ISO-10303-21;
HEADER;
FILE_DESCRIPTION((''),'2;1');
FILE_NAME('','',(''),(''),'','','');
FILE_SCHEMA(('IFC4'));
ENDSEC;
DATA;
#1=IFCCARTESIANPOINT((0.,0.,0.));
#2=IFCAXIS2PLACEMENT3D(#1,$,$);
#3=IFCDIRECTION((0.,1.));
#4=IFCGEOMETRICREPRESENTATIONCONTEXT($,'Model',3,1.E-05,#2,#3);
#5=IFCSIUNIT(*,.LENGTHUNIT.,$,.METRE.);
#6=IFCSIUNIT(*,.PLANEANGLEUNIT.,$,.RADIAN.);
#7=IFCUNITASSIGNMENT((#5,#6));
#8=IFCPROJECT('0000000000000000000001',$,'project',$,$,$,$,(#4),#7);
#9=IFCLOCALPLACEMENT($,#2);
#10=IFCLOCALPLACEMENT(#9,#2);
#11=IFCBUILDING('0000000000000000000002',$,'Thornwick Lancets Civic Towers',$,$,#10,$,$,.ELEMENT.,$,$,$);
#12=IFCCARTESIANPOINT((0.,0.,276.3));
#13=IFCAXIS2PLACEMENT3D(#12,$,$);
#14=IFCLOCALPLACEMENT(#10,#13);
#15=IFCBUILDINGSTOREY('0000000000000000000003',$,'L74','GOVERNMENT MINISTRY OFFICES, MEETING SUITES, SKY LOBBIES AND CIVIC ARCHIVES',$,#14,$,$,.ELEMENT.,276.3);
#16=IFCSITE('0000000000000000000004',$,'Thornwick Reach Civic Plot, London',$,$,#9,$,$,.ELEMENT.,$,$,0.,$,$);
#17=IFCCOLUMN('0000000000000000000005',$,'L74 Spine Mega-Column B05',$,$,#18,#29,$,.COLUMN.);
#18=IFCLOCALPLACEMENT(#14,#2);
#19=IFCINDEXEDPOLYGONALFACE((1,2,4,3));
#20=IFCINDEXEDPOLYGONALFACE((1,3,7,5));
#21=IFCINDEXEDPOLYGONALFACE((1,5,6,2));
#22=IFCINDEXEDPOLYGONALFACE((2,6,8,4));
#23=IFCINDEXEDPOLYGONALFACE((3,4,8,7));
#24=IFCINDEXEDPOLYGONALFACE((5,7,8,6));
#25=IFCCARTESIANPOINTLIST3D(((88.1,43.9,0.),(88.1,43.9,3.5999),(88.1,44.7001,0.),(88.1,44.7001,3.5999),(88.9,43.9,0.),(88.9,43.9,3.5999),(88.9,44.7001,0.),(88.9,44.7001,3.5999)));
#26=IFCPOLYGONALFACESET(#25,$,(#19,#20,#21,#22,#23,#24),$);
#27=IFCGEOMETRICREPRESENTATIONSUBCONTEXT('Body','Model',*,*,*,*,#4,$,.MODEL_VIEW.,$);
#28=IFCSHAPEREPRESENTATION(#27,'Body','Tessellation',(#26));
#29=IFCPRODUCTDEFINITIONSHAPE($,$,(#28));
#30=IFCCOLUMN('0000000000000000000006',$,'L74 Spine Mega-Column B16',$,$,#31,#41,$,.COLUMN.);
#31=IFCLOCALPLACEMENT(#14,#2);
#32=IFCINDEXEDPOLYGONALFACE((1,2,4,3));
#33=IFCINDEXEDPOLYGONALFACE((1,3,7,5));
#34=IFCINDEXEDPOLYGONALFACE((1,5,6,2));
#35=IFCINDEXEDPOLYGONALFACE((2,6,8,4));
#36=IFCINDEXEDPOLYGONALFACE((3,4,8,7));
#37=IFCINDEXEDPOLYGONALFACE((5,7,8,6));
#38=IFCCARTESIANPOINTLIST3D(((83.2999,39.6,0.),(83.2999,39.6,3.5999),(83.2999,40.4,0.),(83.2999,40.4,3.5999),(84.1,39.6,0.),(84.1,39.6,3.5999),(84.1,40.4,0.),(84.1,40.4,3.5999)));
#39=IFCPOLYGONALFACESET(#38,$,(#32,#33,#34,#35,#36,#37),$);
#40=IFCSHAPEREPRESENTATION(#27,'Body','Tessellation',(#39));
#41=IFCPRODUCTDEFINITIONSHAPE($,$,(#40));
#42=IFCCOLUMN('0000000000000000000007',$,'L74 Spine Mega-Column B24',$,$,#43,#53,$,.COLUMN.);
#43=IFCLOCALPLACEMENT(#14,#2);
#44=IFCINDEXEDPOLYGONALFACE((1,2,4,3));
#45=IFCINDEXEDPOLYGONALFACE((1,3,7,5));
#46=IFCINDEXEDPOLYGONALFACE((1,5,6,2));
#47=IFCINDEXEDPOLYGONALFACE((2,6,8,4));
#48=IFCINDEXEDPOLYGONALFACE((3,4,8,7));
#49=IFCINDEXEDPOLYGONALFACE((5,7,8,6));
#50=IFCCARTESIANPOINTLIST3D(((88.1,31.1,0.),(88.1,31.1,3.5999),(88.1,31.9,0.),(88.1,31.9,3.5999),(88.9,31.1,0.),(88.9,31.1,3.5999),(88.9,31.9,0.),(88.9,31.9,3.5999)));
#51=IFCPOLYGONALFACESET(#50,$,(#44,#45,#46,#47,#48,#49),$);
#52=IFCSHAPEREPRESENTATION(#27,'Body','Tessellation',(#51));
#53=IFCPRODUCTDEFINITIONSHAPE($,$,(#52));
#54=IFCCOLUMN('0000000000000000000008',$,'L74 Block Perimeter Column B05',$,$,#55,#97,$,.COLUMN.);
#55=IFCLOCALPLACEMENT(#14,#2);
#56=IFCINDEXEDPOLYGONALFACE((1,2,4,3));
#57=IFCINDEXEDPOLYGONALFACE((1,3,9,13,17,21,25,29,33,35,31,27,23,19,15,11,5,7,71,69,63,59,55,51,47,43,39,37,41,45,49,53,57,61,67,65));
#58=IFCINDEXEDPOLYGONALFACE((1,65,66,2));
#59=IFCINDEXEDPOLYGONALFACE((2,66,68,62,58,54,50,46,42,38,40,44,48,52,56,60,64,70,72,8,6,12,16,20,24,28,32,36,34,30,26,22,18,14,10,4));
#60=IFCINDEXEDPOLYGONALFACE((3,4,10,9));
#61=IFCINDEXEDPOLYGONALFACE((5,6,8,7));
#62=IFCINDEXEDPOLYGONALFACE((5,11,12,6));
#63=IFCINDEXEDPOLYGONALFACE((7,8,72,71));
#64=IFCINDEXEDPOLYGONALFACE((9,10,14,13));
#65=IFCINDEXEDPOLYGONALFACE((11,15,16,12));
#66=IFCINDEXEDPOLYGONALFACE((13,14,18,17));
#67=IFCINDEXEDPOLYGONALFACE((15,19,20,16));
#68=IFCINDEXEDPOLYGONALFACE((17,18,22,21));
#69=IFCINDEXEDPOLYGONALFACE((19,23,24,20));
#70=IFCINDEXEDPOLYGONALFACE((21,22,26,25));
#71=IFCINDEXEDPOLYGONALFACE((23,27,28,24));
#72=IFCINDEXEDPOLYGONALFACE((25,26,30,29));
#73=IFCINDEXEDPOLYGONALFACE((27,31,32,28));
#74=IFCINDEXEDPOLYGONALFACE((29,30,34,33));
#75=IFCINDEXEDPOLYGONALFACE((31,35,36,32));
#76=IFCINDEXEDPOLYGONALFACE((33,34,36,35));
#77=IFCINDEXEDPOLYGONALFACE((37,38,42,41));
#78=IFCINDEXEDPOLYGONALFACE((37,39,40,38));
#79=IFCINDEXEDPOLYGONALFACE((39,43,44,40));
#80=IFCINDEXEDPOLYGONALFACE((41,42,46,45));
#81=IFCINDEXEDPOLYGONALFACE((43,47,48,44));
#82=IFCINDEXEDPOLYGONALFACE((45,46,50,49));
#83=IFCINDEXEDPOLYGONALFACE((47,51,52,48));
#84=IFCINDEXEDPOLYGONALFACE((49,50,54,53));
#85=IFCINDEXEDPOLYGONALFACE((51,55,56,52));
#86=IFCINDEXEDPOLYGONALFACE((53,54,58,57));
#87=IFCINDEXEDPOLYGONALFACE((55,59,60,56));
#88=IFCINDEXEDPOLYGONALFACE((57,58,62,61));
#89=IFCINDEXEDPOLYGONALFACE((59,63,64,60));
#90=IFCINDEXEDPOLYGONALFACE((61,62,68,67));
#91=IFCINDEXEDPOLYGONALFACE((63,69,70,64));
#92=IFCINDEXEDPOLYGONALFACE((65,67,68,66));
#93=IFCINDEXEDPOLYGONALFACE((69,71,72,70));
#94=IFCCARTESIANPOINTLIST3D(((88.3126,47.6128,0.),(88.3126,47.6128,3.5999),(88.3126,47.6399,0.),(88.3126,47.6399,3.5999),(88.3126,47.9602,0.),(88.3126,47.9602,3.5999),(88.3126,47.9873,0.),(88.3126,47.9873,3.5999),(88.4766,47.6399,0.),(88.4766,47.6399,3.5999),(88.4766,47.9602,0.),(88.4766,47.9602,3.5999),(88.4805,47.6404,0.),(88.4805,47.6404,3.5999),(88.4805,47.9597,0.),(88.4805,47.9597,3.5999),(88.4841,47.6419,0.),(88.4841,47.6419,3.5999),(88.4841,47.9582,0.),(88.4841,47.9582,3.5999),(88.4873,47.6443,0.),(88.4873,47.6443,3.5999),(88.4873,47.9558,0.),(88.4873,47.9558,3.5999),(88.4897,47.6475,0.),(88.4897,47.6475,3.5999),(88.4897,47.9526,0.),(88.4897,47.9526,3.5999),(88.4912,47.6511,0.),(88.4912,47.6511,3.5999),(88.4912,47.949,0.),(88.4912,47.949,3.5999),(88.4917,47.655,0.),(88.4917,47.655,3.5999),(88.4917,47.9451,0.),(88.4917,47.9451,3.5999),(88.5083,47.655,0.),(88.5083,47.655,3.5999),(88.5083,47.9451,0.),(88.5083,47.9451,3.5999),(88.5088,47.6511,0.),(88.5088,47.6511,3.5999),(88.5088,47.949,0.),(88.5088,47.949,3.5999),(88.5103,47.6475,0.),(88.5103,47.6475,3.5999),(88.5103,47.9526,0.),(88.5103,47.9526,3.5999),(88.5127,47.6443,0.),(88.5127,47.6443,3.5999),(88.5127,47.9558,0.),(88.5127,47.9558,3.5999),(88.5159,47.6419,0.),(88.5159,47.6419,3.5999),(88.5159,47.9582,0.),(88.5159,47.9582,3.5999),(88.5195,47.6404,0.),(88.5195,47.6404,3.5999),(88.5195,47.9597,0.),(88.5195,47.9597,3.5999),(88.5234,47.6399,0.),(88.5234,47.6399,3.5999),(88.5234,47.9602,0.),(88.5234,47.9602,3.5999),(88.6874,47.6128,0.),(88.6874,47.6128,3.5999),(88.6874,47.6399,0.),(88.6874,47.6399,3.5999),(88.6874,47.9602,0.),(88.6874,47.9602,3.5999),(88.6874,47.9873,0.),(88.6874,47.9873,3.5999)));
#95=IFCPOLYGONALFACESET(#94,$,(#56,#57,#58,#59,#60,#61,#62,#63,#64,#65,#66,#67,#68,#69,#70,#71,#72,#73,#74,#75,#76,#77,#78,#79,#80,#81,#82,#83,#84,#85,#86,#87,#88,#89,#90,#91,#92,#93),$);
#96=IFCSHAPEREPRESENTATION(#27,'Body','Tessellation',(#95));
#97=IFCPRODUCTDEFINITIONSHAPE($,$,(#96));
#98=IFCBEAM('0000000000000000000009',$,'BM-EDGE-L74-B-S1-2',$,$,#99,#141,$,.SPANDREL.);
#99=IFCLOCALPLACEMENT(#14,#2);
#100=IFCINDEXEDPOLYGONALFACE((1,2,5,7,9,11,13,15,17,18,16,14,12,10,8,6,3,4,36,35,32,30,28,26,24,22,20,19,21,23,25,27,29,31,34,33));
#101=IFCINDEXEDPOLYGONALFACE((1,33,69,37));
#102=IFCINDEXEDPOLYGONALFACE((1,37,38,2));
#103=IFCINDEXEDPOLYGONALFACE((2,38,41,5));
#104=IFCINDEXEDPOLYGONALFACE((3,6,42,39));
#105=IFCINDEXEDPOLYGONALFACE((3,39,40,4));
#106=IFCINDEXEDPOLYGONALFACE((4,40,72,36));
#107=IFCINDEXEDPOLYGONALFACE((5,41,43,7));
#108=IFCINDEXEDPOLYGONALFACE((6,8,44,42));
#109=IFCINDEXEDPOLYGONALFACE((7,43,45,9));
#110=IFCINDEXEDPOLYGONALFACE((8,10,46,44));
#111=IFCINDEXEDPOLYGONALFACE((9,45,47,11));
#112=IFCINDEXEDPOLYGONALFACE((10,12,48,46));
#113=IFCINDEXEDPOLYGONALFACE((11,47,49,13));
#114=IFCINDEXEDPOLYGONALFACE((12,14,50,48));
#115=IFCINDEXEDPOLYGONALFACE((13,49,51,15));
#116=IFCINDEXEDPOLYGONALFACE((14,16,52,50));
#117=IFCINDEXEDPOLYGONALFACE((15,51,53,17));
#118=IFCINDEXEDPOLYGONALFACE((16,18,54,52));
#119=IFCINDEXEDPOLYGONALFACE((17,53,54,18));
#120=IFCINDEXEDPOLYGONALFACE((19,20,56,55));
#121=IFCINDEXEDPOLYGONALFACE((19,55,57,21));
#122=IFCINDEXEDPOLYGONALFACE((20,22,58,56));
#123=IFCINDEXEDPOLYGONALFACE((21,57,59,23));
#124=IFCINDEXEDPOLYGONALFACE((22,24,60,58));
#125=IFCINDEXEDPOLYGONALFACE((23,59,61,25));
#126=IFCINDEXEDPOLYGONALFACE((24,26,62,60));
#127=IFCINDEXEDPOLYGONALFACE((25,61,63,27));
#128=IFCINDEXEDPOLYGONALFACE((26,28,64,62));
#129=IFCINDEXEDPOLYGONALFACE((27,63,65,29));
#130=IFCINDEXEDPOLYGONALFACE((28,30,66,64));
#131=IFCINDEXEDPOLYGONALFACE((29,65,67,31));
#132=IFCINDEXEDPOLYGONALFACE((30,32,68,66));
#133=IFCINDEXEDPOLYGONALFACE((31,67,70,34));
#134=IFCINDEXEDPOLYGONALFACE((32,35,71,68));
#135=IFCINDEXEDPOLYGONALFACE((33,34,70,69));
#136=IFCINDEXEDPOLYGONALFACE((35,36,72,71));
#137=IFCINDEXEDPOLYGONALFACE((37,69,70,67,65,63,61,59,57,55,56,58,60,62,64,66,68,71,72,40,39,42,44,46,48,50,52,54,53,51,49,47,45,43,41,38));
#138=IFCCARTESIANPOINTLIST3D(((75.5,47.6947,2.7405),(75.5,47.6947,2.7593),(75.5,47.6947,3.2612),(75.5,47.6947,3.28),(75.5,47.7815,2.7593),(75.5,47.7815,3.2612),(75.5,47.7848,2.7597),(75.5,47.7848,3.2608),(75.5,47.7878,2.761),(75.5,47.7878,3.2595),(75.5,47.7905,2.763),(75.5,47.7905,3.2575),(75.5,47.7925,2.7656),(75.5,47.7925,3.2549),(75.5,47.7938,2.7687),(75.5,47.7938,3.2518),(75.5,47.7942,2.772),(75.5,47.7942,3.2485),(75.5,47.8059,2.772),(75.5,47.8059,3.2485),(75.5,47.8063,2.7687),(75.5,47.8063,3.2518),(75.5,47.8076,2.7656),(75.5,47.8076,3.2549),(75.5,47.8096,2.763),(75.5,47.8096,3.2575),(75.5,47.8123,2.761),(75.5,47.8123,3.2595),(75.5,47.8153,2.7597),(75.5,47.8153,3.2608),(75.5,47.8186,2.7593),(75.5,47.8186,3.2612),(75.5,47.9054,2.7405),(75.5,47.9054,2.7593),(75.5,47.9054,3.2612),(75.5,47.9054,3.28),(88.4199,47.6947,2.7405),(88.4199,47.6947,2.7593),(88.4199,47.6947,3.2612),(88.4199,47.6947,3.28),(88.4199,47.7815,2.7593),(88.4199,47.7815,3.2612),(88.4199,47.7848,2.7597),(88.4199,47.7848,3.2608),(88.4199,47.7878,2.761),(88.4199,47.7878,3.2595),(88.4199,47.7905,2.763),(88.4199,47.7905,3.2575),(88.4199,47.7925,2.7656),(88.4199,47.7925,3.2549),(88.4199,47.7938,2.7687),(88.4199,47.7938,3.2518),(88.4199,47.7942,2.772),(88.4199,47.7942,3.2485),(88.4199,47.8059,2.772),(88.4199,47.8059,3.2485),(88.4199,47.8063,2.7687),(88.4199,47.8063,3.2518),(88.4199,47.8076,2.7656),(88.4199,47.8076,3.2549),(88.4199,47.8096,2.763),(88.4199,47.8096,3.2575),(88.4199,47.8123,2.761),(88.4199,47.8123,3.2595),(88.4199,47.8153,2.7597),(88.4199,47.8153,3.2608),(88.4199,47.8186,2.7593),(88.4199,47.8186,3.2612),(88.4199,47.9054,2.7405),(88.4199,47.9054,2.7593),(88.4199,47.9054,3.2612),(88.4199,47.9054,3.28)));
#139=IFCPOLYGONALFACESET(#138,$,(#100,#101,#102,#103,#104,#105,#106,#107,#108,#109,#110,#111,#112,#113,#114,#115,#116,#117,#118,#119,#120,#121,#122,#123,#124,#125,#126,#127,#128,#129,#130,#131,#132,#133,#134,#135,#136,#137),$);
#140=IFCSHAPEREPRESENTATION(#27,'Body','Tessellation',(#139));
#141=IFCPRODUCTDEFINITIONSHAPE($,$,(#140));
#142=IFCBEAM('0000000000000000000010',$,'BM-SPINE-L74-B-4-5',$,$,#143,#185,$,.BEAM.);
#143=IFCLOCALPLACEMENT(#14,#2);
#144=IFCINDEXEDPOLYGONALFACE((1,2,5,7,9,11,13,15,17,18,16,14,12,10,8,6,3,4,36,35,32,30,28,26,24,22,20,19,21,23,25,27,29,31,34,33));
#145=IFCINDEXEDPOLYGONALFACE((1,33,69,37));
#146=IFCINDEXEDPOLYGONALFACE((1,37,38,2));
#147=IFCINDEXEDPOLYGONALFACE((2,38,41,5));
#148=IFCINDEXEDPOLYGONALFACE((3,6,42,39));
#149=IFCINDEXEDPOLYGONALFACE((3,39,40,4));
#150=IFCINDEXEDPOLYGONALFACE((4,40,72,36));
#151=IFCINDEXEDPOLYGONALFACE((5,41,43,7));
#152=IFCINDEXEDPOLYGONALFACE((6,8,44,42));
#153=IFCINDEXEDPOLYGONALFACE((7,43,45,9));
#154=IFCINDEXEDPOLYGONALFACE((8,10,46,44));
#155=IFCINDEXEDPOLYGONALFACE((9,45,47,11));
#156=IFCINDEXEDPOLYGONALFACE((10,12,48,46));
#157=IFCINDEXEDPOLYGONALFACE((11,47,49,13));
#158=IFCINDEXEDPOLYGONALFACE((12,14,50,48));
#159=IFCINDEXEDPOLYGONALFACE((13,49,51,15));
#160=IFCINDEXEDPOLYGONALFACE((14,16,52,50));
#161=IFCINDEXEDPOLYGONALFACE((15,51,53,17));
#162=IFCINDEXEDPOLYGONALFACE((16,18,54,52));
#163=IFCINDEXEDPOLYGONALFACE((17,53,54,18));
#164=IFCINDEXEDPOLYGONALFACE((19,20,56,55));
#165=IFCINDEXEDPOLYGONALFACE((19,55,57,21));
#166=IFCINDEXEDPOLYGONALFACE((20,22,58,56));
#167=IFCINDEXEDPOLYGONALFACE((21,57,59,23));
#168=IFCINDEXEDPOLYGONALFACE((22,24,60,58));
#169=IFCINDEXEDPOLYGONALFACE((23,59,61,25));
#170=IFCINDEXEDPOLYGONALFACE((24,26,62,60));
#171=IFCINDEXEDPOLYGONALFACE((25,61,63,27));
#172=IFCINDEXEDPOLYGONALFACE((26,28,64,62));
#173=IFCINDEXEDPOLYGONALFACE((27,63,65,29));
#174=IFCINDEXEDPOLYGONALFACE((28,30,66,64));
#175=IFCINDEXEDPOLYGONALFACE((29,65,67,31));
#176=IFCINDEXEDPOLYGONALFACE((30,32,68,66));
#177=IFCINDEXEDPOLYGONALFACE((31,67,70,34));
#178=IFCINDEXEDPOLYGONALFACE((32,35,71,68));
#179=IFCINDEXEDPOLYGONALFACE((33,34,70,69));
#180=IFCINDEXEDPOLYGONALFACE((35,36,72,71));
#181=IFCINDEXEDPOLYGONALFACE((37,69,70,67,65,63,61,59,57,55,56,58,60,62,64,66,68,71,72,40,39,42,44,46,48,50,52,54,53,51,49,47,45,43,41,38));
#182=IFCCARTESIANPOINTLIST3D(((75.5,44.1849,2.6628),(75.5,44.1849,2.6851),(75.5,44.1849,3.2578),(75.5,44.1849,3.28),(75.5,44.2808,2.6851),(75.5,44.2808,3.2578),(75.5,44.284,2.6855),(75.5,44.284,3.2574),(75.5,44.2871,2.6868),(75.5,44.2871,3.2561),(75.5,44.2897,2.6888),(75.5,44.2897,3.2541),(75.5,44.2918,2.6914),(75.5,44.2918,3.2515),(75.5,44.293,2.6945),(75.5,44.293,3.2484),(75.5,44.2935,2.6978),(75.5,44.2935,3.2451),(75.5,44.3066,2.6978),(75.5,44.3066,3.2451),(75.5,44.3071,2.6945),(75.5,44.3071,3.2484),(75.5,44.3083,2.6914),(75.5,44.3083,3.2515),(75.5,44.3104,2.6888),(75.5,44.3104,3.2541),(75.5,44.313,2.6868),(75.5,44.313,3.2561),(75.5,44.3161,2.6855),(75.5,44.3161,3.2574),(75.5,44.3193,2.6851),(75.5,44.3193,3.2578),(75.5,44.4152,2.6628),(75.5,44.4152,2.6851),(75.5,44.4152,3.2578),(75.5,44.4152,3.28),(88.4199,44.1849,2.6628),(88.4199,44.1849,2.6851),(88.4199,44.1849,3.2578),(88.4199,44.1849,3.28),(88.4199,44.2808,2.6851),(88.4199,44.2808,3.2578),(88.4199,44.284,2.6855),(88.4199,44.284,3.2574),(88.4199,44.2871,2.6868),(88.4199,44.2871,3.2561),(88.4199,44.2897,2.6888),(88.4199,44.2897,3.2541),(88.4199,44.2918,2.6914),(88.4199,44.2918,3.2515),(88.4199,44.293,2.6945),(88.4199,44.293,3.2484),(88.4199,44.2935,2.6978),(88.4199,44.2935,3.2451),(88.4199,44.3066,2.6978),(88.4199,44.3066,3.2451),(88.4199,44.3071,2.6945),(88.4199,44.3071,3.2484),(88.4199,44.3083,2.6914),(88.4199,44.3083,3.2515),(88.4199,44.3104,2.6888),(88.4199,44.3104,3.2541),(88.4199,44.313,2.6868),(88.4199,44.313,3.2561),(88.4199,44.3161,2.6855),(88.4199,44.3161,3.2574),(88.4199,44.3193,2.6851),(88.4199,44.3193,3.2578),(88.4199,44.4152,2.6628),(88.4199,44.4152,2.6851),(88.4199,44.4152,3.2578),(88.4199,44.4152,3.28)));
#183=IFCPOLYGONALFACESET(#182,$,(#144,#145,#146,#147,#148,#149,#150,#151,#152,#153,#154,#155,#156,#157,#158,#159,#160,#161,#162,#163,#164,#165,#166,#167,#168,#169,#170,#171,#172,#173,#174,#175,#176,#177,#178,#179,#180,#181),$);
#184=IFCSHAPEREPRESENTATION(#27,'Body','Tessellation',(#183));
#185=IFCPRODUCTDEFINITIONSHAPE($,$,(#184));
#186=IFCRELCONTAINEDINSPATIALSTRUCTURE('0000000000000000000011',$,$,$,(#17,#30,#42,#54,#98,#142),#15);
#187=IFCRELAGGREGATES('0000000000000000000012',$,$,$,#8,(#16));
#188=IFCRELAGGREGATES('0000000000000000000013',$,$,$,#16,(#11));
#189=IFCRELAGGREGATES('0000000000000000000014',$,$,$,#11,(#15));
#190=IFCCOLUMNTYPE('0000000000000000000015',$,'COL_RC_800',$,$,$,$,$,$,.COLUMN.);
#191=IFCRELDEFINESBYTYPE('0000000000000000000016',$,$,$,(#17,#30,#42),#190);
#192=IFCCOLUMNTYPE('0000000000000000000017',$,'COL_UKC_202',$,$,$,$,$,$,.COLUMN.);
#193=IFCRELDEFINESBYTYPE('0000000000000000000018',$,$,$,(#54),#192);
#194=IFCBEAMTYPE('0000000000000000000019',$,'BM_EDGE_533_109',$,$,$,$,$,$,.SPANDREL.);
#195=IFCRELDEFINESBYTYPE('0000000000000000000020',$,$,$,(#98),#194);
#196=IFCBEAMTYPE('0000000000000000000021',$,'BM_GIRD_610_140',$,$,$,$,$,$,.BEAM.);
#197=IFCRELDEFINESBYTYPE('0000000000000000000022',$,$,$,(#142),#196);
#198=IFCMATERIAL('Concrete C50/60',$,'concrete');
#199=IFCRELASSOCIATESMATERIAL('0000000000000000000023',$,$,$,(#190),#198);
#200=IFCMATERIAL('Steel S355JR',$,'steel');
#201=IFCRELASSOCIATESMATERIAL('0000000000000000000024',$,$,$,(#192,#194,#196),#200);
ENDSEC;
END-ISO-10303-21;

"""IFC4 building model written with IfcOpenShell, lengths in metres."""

from ifc_helpers import new_model, si_unit, direction, frame, origin, origin_2d, place, context, subcontext, project, spatial, rectangle, i_section, extrude, material, material_profile, profile_set, type_object, element, save


model = new_model("IFC4")

# Units and contexts
model_context = context("Model", 3, precision=1e-05, world=origin(), true_north=direction((0.0, 1.0)))
body_context = subcontext(model_context, "Body", "Model", "MODEL_VIEW")
ifc_project = project(units=[si_unit("LENGTHUNIT", "METRE"), si_unit("PLANEANGLEUNIT", "RADIAN")], contexts=[model_context])

# Site, building, storey
site_placement = place(None, origin())
site = spatial("IfcSite", under=ifc_project, at=site_placement, Name="Thornwick Reach Civic Plot, London", CompositionType="ELEMENT", RefElevation=0.0)
building_placement = place(site_placement, origin())
building = spatial("IfcBuilding", under=site, at=building_placement, Name="Thornwick Lancets Civic Towers", CompositionType="ELEMENT")
storey_placement = place(building_placement, frame((0.0, 0.0, 276.3)))
storey = spatial("IfcBuildingStorey", under=building, at=storey_placement, Name="L74", Description="GOVERNMENT MINISTRY OFFICES, MEETING SUITES, SKY LOBBIES AND CIVIC ARCHIVES", CompositionType="ELEMENT", Elevation=276.3)

# Columns
ifc_material_1 = material(Name="Concrete C50/60", Category="concrete")
ifc_material_profile_1 = material_profile(ifc_material_1, rectangle(XDim=0.8, YDim=0.8, at=origin_2d()), Name="RC 800x800")
ifc_profile_set_1 = profile_set([ifc_material_profile_1], Name="Concrete C50/60")
column_type_1 = type_object("IfcColumnType", Name="COL_RC_800", PredefinedType="COLUMN", material=ifc_profile_set_1)
for number, where, z_axis, x_axis, name in (
    (1, (88.5, 44.3, 0.0), (0.0, 0.0, 1.0), (1.0, 0.0, 0.0), "L74 Spine Mega-Column B05"),
    (2, (83.7, 40.0, 0.0), (0.0, 0.0, 1.0), (1.0, 0.0, 0.0), "L74 Spine Mega-Column B16"),
    (3, (88.5, 31.5, 0.0), (0.0, 0.0, 1.0), (1.0, 0.0, 0.0), "L74 Spine Mega-Column B24"),
):
    element("IfcColumn", number, at=place(storey_placement, frame(where, z_axis=z_axis, x_axis=x_axis)), inside=storey, type_object=column_type_1, Name=name, PredefinedType="COLUMN", context=body_context, shape_type="SweptSolid", body=[
        extrude(rectangle(XDim=0.8, YDim=0.8, at=origin_2d()), origin(), (0.0, 0.0, 1.0), 3.5999),
    ])
ifc_material_2 = material(Name="Steel S355JR", Category="steel")
ifc_material_profile_2 = material_profile(ifc_material_2, i_section(OverallWidth=0.3748, OverallDepth=0.3745, WebThickness=0.0166, FlangeThickness=0.0271, FilletRadius=0.0151, at=origin_2d()), Name="UKC 356x368x202")
ifc_profile_set_2 = profile_set([ifc_material_profile_2], Name="Steel S355JR")
column_type_2 = type_object("IfcColumnType", Name="COL_UKC_202", PredefinedType="COLUMN", material=ifc_profile_set_2)
column_placement = place(storey_placement, frame((88.5, 47.8, 0.0), z_axis=(0.0, 0.0, 1.0), x_axis=(1.0, 0.0, 0.0)))
element("IfcColumn", 4, at=column_placement, inside=storey, type_object=column_type_2, Name="L74 Block Perimeter Column B05", PredefinedType="COLUMN", context=body_context, shape_type="SweptSolid", body=[
    extrude(i_section(OverallWidth=0.3748, OverallDepth=0.3745, WebThickness=0.0166, FlangeThickness=0.0271, FilletRadius=0.0151, at=origin_2d()), origin(), (0.0, 0.0, 1.0), 3.5999),
])

# Beams
ifc_material_profile_3 = material_profile(ifc_material_2, i_section(OverallWidth=0.2107, OverallDepth=0.5396, WebThickness=0.0117, FlangeThickness=0.0188, FilletRadius=0.0127, at=origin_2d()), Name="UKB 533x210x109")
ifc_profile_set_3 = profile_set([ifc_material_profile_3], Name="Steel S355JR")
beam_type_1 = type_object("IfcBeamType", Name="BM_EDGE_533_109", PredefinedType="SPANDREL", material=ifc_profile_set_3)
beam_1_placement = place(storey_placement, frame((88.4199, 47.8, 3.0103), z_axis=(-1.0, 0.0, 0.0), x_axis=(0.0, -1.0, 0.0)))
element("IfcBeam", 5, at=beam_1_placement, inside=storey, type_object=beam_type_1, Name="BM-EDGE-L74-B-S1-2", PredefinedType="SPANDREL", context=body_context, shape_type="SweptSolid", body=[
    extrude(i_section(OverallWidth=0.2107, OverallDepth=0.5396, WebThickness=0.0117, FlangeThickness=0.0188, FilletRadius=0.0127, at=origin_2d()), origin(), (0.0, 0.0, 1.0), 12.9199),
])
ifc_material_profile_4 = material_profile(ifc_material_2, i_section(OverallWidth=0.2302, OverallDepth=0.6172, WebThickness=0.0132, FlangeThickness=0.0222, FilletRadius=0.0127, at=origin_2d()), Name="UKB 610x229x140")
ifc_profile_set_4 = profile_set([ifc_material_profile_4], Name="Steel S355JR")
beam_type_2 = type_object("IfcBeamType", Name="BM_GIRD_610_140", PredefinedType="BEAM", material=ifc_profile_set_4)
beam_2_placement = place(storey_placement, frame((88.4199, 44.3, 2.9714), z_axis=(-1.0, 0.0, 0.0), x_axis=(0.0, -1.0, 0.0)))
element("IfcBeam", 6, at=beam_2_placement, inside=storey, type_object=beam_type_2, Name="BM-SPINE-L74-B-4-5", PredefinedType="BEAM", context=body_context, shape_type="SweptSolid", body=[
    extrude(i_section(OverallWidth=0.2302, OverallDepth=0.6172, WebThickness=0.0132, FlangeThickness=0.0222, FilletRadius=0.0127, at=origin_2d()), origin(), (0.0, 0.0, 1.0), 12.9199),
])

save(model, "model.ifc")
